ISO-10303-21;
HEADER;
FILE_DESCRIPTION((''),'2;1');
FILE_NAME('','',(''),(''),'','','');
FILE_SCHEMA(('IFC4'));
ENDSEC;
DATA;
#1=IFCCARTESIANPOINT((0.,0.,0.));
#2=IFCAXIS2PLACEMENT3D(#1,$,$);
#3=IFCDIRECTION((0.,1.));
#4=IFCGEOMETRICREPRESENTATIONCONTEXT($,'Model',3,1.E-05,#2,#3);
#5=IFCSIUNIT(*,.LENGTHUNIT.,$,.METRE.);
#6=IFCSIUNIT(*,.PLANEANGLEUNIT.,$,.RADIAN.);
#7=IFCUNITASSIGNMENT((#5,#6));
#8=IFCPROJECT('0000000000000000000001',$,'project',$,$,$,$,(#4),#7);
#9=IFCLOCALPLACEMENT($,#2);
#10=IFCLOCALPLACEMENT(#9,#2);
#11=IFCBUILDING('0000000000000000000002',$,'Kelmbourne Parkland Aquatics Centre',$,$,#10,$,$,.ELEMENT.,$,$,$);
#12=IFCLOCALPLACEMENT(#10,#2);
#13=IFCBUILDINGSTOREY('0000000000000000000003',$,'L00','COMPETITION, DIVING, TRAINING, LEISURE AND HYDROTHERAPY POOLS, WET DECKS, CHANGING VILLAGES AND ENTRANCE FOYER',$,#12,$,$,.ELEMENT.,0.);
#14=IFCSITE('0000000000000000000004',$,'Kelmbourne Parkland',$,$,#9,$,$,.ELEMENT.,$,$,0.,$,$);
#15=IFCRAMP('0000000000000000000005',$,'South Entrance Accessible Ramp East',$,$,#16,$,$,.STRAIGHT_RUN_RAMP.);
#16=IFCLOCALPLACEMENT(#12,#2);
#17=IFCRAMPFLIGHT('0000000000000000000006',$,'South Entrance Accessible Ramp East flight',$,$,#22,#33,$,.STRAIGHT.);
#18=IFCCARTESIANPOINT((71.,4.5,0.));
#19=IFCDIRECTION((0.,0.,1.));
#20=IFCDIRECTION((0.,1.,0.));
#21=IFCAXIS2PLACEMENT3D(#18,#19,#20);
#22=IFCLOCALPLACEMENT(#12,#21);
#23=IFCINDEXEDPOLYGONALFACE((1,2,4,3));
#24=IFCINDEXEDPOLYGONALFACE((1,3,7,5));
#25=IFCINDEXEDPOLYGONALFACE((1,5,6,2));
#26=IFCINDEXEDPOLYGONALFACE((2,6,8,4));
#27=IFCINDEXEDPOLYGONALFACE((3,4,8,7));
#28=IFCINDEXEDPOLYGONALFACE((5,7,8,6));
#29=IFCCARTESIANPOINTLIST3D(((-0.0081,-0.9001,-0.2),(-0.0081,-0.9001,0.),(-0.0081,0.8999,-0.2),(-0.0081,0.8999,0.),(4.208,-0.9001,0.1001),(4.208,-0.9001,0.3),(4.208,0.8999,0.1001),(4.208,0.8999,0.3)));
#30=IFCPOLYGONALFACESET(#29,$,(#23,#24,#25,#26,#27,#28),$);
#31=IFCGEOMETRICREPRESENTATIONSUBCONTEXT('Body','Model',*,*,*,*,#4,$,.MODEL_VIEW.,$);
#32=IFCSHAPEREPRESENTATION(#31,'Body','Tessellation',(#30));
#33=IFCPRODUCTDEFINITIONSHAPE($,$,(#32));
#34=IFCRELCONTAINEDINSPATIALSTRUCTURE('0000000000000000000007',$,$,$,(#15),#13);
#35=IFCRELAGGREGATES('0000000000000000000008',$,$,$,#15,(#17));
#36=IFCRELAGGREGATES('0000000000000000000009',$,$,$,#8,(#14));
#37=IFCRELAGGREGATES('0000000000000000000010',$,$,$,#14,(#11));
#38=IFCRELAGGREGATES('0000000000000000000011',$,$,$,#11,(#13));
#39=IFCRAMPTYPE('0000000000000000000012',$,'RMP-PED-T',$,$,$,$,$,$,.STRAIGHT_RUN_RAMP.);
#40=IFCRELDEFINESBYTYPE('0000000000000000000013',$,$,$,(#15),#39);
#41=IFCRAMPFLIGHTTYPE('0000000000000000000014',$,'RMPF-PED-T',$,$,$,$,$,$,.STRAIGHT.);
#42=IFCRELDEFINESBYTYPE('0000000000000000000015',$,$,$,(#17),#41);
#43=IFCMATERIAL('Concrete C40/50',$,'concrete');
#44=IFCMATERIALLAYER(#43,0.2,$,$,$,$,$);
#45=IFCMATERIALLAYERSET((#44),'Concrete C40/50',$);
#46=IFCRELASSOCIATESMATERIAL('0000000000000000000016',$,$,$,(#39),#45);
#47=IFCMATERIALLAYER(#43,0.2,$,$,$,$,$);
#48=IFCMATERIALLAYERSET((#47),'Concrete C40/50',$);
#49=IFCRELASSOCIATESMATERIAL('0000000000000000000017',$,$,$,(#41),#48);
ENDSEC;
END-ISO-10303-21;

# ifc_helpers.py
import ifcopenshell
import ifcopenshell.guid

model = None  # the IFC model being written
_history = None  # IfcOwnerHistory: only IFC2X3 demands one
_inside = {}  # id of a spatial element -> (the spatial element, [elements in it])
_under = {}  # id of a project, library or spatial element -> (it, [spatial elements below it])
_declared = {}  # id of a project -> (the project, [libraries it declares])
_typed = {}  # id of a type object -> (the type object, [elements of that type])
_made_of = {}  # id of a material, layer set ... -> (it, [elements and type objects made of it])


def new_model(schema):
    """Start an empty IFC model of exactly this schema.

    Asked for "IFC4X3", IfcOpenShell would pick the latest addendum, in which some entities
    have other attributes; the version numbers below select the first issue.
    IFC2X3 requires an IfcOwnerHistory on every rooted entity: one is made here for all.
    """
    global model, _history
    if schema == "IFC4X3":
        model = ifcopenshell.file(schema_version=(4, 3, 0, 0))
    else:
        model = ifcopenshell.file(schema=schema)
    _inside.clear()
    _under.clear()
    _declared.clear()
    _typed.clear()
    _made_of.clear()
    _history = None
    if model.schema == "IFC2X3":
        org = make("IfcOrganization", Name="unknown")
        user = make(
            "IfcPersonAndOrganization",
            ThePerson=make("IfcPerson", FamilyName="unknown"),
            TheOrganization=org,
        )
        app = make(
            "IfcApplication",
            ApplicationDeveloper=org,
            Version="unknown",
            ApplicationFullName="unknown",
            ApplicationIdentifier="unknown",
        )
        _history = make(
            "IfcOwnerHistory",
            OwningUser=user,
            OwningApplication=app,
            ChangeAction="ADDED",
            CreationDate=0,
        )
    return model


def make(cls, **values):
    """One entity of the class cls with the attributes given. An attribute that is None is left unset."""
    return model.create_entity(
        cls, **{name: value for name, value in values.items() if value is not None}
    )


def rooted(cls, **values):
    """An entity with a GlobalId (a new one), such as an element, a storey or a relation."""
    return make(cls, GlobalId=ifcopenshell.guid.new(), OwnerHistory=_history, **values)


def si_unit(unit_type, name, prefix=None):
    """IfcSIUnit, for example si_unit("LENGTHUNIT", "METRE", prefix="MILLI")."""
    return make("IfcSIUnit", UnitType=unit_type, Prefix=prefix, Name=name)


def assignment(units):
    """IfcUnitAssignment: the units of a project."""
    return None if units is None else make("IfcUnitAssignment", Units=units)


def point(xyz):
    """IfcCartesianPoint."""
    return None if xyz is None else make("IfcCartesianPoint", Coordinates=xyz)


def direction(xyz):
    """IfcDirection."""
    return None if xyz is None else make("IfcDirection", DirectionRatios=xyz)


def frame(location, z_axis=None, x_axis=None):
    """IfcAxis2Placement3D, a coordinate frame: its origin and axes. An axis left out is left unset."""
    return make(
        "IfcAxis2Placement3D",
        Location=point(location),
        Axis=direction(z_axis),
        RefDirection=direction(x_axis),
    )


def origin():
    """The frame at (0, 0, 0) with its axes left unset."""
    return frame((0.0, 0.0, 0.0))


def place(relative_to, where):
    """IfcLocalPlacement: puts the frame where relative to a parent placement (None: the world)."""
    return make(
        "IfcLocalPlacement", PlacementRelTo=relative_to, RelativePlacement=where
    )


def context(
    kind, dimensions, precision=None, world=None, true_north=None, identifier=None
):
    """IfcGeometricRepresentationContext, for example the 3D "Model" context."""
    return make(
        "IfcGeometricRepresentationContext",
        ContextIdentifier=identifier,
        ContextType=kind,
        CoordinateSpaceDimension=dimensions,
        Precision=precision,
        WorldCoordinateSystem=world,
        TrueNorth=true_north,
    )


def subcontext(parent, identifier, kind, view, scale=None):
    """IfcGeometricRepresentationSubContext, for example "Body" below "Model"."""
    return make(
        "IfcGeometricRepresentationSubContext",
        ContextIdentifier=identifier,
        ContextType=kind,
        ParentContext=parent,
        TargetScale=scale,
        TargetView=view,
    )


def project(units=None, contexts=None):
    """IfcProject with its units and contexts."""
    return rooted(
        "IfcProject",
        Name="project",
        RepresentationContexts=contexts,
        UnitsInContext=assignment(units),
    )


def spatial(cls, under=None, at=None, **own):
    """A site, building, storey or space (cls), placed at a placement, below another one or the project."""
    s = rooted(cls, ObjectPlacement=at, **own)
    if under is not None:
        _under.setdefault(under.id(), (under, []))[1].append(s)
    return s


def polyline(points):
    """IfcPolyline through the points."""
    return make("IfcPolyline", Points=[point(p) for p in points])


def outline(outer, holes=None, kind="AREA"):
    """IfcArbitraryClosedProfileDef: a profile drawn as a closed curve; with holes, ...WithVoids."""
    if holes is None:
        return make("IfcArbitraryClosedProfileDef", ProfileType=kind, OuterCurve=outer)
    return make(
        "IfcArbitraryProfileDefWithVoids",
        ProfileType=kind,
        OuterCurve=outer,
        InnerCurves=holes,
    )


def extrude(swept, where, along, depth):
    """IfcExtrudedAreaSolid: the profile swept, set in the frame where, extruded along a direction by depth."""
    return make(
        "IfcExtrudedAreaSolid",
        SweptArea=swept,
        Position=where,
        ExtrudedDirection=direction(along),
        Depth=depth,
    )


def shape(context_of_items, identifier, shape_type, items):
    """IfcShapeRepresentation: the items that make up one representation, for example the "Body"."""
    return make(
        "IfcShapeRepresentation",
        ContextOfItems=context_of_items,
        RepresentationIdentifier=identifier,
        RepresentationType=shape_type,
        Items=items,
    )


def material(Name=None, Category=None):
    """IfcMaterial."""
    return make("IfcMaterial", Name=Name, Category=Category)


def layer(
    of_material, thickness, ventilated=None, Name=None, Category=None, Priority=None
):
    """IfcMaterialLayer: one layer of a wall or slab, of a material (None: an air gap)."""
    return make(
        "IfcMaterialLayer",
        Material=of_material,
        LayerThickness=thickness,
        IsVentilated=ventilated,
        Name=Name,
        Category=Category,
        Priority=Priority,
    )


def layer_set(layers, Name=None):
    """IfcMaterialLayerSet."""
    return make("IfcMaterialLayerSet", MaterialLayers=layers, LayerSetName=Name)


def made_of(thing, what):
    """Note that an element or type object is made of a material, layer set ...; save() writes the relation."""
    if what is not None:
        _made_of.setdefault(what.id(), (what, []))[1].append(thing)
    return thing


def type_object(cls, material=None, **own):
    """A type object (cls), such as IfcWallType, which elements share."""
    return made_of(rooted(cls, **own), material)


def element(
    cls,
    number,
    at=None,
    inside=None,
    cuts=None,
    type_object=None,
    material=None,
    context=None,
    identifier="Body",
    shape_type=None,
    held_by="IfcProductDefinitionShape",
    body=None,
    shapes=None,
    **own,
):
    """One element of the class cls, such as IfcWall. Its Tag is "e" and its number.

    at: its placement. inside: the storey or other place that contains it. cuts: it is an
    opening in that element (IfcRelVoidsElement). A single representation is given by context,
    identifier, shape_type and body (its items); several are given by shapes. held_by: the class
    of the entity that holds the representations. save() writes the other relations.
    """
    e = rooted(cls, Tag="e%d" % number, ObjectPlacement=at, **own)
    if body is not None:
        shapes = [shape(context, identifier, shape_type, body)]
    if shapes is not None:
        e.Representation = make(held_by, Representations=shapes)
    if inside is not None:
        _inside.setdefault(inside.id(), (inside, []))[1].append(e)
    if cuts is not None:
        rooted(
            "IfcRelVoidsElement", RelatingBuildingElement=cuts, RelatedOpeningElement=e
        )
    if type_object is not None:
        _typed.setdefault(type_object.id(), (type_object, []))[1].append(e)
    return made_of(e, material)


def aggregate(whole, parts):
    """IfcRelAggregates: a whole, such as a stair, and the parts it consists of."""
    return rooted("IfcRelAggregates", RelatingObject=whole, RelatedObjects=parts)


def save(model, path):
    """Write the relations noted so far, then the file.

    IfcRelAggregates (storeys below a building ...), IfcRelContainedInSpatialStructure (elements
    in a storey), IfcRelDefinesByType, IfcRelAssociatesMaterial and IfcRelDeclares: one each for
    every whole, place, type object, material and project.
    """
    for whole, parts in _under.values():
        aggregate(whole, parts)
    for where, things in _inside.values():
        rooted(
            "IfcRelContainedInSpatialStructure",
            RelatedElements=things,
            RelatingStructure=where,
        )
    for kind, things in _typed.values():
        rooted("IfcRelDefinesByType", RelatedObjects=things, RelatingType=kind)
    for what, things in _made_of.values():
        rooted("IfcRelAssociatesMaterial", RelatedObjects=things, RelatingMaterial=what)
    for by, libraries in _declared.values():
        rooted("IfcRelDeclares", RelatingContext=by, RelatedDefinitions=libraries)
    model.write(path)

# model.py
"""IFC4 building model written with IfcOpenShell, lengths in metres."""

from ifc_helpers import new_model, si_unit, direction, frame, origin, place, context, subcontext, project, spatial, polyline, outline, extrude, material, layer, layer_set, type_object, element, aggregate, save


model = new_model("IFC4")

# Units and contexts
model_context = context("Model", 3, precision=1e-05, world=origin(), true_north=direction((0.0, 1.0)))
body_context = subcontext(model_context, "Body", "Model", "MODEL_VIEW")
ifc_project = project(units=[si_unit("LENGTHUNIT", "METRE"), si_unit("PLANEANGLEUNIT", "RADIAN")], contexts=[model_context])

# Site, building, storey
site_placement = place(None, origin())
site = spatial("IfcSite", under=ifc_project, at=site_placement, Name="Kelmbourne Parkland", CompositionType="ELEMENT", RefElevation=0.0)
building_placement = place(site_placement, origin())
building = spatial("IfcBuilding", under=site, at=building_placement, Name="Kelmbourne Parkland Aquatics Centre", CompositionType="ELEMENT")
storey_placement = place(building_placement, origin())
storey = spatial("IfcBuildingStorey", under=building, at=storey_placement, Name="L00", Description="COMPETITION, DIVING, TRAINING, LEISURE AND HYDROTHERAPY POOLS, WET DECKS, CHANGING VILLAGES AND ENTRANCE FOYER", CompositionType="ELEMENT", Elevation=0.0)

# Shared definitions
ifc_material_1 = material(Name="Concrete C40/50", Category="concrete")

# Ramp, ramp flight
ifc_layer_1 = layer(ifc_material_1, 0.2)
ifc_layer_set_1 = layer_set([ifc_layer_1], Name="Concrete C40/50")
ramp_type = type_object("IfcRampType", Name="RMP-PED-T", PredefinedType="STRAIGHT_RUN_RAMP", material=ifc_layer_set_1)
ramp_placement = place(storey_placement, origin())
ramp = element("IfcRamp", 1, at=ramp_placement, inside=storey, type_object=ramp_type, Name="South Entrance Accessible Ramp East", PredefinedType="STRAIGHT_RUN_RAMP")
ifc_layer_2 = layer(ifc_material_1, 0.2)
ifc_layer_set_2 = layer_set([ifc_layer_2], Name="Concrete C40/50")
ramp_flight_type = type_object("IfcRampFlightType", Name="RMPF-PED-T", PredefinedType="STRAIGHT", material=ifc_layer_set_2)
ramp_flight_placement = place(storey_placement, frame((71.0, 4.5, 0.0), z_axis=(0.0, 0.0, 1.0), x_axis=(0.0, 1.0, 0.0)))
ramp_flight = element("IfcRampFlight", 2, at=ramp_flight_placement, type_object=ramp_flight_type, Name="South Entrance Accessible Ramp East flight", PredefinedType="STRAIGHT", context=body_context, shape_type="SweptSolid", body=[
    extrude(outline(polyline([(-0.0081, -0.2), (4.208, 0.1001), (4.208, 0.3), (-0.0081, 0.0), (-0.0081, -0.2)])), frame((0.0, 0.8999, 0.0), z_axis=(0.0, -1.0, 0.0), x_axis=(1.0, 0.0, 0.0)), (0.0, 0.0, 1.0), 1.8),
])
aggregate(ramp, [ramp_flight])

save(model, "model.ifc")
